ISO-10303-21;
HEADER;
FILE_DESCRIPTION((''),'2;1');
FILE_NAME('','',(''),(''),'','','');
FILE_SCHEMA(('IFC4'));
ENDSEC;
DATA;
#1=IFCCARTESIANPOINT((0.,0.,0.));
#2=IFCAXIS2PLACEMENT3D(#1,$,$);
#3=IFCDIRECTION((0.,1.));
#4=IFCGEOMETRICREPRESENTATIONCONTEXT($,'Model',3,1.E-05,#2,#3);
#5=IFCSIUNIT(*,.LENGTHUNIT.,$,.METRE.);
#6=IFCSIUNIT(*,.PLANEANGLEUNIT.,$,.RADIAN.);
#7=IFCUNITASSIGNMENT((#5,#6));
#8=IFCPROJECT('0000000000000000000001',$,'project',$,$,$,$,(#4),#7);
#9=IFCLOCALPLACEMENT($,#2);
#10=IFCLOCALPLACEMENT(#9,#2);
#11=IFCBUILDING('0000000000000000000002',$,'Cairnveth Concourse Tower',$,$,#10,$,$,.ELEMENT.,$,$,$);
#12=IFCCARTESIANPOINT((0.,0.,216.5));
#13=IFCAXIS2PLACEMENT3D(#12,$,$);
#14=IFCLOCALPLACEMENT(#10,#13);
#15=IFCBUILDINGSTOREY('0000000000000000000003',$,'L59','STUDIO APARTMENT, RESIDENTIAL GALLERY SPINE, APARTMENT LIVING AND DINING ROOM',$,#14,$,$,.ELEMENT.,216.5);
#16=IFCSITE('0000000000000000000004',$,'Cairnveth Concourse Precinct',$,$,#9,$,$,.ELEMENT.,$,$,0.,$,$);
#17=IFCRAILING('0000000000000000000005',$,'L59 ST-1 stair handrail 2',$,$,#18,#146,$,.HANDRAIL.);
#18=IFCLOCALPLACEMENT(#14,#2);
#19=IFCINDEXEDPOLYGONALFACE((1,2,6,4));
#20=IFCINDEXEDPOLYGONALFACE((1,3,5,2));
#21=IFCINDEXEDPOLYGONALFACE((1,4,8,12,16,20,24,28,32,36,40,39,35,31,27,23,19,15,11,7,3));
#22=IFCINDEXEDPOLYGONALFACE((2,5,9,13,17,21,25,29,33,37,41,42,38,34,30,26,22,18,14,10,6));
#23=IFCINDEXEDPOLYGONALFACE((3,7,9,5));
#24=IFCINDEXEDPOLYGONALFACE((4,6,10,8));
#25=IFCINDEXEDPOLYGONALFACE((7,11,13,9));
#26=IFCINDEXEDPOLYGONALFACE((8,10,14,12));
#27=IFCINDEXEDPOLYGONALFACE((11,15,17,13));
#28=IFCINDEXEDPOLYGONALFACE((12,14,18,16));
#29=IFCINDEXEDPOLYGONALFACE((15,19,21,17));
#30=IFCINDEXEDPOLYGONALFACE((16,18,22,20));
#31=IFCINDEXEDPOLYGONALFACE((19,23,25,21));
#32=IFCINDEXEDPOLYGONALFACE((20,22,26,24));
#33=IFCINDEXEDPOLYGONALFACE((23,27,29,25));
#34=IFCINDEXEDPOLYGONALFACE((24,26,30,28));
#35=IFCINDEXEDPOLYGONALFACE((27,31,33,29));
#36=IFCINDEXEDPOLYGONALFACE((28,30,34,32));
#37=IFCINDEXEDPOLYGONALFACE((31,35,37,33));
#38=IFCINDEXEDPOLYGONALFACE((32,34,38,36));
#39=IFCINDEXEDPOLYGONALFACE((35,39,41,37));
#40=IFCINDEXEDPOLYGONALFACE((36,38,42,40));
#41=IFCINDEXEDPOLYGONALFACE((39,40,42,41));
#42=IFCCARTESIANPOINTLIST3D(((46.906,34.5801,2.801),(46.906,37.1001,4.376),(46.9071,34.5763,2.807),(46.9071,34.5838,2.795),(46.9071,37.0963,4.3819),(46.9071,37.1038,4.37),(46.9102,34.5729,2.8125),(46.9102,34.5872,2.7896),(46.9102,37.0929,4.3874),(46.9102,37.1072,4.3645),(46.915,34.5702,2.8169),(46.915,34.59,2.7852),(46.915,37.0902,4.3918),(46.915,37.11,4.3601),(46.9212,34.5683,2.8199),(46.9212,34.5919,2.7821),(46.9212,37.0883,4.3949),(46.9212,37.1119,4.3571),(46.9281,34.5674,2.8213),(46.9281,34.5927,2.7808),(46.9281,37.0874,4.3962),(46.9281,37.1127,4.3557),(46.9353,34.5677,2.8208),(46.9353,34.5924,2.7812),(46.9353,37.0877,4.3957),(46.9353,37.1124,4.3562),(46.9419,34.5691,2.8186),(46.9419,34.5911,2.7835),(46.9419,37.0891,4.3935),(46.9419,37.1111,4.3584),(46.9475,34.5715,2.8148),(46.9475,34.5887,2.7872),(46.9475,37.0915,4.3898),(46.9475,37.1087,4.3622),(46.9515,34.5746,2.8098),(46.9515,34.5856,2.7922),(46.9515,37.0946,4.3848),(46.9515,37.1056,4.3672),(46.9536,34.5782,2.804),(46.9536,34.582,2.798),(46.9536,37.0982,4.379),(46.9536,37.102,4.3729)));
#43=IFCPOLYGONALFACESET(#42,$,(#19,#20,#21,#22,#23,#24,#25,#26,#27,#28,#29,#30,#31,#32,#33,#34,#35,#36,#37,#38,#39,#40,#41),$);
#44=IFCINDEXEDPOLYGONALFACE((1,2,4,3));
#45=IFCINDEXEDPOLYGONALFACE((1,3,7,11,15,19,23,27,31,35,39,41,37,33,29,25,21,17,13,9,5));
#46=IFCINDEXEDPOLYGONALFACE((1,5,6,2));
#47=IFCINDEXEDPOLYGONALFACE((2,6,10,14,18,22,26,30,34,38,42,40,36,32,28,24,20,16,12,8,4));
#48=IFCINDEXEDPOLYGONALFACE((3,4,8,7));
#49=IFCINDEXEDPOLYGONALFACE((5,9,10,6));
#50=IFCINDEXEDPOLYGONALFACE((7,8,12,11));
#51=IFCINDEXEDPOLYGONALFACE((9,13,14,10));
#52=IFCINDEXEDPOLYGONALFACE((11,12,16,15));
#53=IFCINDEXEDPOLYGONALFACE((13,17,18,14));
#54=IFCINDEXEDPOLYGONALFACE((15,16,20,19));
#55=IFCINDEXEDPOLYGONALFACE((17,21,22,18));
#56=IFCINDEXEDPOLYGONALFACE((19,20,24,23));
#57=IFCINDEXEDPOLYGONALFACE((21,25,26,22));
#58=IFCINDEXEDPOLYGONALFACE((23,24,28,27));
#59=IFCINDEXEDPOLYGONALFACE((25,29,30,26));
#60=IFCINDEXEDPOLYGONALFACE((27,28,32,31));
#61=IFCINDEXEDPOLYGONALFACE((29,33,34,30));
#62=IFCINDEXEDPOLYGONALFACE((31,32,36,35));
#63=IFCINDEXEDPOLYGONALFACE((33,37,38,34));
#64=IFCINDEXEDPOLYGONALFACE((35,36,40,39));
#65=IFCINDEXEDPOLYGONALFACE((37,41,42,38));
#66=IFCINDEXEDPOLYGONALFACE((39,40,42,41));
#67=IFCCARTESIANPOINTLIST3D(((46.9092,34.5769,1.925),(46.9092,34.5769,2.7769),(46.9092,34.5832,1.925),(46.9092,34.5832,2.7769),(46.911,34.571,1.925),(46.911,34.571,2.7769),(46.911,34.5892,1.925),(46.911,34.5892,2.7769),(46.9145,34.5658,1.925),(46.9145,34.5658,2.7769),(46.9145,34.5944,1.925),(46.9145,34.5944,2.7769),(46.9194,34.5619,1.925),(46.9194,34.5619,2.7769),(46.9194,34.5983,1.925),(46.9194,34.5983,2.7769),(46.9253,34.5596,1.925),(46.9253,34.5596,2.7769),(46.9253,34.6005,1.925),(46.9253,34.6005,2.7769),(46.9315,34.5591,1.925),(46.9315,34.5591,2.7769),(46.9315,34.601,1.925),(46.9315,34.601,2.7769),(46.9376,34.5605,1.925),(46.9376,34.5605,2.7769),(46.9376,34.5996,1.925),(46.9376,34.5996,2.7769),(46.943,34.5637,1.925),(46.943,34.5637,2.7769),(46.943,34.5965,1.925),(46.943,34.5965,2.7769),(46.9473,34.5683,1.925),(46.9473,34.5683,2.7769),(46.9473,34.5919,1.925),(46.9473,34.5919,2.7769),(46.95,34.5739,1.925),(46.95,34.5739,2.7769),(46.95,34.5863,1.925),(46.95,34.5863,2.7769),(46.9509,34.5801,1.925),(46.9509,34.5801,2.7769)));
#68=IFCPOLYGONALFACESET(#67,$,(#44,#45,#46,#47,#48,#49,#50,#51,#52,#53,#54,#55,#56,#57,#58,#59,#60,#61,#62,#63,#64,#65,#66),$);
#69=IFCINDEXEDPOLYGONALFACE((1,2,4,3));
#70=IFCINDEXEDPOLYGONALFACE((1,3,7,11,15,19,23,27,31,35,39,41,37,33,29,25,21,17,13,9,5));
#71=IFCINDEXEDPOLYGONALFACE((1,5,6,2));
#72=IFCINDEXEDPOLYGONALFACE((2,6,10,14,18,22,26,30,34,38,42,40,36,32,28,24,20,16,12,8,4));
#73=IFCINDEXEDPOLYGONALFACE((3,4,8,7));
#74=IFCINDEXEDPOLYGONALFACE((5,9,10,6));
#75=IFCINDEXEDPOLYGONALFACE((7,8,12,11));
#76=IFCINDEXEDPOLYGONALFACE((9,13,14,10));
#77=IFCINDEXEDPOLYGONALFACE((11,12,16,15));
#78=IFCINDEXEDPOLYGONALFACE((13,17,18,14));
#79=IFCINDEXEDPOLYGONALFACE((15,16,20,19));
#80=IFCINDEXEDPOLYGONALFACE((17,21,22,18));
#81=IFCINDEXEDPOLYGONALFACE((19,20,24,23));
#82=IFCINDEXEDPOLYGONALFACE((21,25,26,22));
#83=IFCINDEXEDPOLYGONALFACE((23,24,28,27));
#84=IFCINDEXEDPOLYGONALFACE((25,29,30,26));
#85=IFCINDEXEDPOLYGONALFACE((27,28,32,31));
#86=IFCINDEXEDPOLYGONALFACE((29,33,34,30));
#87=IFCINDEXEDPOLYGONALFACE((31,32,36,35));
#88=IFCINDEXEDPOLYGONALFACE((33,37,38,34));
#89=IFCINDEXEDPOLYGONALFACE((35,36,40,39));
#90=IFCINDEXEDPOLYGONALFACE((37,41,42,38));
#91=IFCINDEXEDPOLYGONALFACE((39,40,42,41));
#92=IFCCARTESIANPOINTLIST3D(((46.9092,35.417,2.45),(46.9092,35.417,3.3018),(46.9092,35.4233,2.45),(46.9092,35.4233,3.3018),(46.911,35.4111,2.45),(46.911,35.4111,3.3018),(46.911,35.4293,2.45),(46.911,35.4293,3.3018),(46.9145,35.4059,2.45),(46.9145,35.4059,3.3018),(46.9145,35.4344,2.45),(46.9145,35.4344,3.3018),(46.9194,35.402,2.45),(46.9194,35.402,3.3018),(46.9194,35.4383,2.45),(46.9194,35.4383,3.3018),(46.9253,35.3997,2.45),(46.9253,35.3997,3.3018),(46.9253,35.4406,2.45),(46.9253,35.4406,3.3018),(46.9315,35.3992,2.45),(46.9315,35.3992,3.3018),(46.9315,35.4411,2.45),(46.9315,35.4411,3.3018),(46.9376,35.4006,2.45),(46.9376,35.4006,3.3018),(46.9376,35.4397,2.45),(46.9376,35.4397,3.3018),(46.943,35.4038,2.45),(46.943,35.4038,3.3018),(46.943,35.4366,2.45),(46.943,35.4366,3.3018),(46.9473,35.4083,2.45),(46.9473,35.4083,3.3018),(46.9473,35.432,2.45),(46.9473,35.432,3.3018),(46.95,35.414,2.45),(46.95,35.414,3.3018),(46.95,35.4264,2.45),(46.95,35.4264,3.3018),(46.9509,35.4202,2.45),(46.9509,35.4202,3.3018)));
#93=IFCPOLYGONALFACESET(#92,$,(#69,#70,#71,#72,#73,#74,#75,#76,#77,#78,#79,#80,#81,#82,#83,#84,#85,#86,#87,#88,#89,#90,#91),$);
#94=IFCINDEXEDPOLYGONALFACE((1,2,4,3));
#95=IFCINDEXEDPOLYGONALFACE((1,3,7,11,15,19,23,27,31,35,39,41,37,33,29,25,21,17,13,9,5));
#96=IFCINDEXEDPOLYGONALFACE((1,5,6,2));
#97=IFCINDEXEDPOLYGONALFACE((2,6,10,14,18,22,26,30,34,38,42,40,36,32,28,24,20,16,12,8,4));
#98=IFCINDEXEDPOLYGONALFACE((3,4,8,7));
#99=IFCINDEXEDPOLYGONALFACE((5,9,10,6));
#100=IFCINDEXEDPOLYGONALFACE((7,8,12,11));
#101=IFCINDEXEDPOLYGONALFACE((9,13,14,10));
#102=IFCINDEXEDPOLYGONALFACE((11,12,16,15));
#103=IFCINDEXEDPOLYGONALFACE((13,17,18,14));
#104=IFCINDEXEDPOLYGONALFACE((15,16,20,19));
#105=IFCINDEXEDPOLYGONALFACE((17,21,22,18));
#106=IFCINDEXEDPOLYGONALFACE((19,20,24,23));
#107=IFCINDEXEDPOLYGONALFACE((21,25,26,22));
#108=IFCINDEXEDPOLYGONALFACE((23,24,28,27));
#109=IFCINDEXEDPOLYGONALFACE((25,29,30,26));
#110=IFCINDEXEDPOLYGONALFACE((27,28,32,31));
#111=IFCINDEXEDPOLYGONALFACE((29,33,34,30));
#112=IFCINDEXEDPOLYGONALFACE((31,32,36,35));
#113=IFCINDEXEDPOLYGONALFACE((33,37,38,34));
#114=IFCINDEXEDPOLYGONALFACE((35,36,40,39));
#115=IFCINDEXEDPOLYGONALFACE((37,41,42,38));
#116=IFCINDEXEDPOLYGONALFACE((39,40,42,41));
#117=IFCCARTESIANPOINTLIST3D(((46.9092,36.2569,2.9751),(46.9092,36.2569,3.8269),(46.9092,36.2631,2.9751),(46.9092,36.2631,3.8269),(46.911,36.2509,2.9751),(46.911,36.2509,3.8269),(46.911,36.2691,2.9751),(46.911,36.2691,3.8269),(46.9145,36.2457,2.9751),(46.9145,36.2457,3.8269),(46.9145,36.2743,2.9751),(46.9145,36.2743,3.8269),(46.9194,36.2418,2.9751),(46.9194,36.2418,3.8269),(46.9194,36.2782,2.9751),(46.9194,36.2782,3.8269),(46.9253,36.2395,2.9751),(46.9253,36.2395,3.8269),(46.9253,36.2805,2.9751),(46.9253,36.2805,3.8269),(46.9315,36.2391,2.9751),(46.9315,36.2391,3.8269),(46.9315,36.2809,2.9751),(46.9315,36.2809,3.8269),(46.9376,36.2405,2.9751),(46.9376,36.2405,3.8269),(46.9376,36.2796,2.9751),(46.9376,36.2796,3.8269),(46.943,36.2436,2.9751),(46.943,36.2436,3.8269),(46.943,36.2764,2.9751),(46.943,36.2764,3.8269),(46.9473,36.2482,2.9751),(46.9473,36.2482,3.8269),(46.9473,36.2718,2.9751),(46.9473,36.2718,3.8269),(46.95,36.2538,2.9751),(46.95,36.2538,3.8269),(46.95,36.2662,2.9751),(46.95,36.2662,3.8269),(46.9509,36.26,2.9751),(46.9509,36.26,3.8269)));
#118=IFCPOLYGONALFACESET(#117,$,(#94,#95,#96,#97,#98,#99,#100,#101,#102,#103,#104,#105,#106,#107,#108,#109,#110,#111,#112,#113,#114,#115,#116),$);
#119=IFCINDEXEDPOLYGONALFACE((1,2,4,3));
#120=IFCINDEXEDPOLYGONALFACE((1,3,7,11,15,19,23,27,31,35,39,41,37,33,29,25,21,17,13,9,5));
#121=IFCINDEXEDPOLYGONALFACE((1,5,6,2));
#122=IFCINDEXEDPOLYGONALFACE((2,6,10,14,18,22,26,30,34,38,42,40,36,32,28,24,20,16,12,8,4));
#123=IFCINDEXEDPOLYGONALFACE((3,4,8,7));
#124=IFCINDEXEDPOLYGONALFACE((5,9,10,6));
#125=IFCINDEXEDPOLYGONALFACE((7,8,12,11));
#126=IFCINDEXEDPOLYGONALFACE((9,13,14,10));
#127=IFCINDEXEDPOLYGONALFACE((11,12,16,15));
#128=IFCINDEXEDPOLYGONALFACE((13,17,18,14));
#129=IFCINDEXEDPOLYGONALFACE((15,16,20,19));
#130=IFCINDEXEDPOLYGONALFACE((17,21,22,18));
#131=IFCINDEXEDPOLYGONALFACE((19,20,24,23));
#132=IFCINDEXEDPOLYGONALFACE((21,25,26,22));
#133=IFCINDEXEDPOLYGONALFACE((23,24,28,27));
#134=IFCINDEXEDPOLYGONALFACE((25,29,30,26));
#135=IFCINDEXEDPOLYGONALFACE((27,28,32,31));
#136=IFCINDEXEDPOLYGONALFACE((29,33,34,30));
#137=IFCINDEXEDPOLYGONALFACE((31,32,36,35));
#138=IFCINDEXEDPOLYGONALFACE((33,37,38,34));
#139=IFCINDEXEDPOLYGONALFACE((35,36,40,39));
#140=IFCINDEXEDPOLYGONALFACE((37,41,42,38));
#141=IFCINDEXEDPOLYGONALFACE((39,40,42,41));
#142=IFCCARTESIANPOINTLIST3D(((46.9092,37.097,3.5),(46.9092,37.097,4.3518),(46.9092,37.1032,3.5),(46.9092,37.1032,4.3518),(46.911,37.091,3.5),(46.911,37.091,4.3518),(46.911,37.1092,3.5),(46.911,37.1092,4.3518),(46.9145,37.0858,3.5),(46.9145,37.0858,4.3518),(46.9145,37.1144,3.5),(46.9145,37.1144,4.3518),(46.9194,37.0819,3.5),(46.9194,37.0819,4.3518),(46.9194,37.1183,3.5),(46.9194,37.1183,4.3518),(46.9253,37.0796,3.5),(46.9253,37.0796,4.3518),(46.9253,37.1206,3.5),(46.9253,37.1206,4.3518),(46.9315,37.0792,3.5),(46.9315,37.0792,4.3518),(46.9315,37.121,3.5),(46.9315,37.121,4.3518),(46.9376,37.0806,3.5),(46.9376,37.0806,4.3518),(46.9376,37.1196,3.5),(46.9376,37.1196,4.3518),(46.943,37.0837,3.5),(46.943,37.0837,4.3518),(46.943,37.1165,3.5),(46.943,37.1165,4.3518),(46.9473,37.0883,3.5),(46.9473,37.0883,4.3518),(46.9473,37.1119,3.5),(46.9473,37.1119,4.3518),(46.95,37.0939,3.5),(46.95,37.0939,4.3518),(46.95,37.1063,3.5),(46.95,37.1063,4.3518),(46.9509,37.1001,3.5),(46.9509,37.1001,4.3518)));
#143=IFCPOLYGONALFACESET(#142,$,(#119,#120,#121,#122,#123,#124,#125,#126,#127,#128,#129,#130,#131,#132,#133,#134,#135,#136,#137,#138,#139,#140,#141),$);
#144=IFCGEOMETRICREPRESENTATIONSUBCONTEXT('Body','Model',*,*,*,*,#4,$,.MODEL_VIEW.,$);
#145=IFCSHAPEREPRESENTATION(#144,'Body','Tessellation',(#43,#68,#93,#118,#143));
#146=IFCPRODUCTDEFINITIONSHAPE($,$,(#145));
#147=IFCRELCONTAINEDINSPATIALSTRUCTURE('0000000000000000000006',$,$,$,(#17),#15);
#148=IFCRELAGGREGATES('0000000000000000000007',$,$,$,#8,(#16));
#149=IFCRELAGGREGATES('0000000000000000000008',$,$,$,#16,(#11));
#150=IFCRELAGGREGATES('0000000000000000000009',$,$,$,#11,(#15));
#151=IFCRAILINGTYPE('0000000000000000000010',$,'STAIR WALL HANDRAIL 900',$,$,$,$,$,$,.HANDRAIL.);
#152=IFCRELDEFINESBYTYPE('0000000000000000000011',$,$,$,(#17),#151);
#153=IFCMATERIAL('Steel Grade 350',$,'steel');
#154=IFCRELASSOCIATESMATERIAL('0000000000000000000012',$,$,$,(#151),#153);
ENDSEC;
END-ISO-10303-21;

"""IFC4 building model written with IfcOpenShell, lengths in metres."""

from ifc_helpers import new_model, si_unit, direction, frame, origin, origin_2d, place, context, subcontext, project, spatial, circle, extrude, material, type_object, element, save


model = new_model("IFC4")

# Units and contexts
model_context = context("Model", 3, precision=1e-05, world=origin(), true_north=direction((0.0, 1.0)))
body_context = subcontext(model_context, "Body", "Model", "MODEL_VIEW")
ifc_project = project(units=[si_unit("LENGTHUNIT", "METRE"), si_unit("PLANEANGLEUNIT", "RADIAN")], contexts=[model_context])

# Site, building, storey
site_placement = place(None, origin())
site = spatial("IfcSite", under=ifc_project, at=site_placement, Name="Cairnveth Concourse Precinct", CompositionType="ELEMENT", RefElevation=0.0)
building_placement = place(site_placement, origin())
building = spatial("IfcBuilding", under=site, at=building_placement, Name="Cairnveth Concourse Tower", CompositionType="ELEMENT")
storey_placement = place(building_placement, frame((0.0, 0.0, 216.5)))
storey = spatial("IfcBuildingStorey", under=building, at=storey_placement, Name="L59", Description="STUDIO APARTMENT, RESIDENTIAL GALLERY SPINE, APARTMENT LIVING AND DINING ROOM", CompositionType="ELEMENT", Elevation=216.5)

# Shared definitions
ifc_material_1 = material(Name="Steel Grade 350", Category="steel")

# Railing
railing_type_1 = type_object("IfcRailingType", Name="STAIR WALL HANDRAIL 900", PredefinedType="HANDRAIL", material=ifc_material_1)
railing_1_placement = place(storey_placement, frame((46.9299, 34.5801, 1.925)))
element("IfcRailing", 1, at=railing_1_placement, inside=storey, type_object=railing_type_1, Name="L59 ST-1 stair handrail 2", PredefinedType="HANDRAIL", context=body_context, shape_type="SweptSolid", body=[
    extrude(circle(Radius=0.0239, at=origin_2d()), frame((0.0, 0.0, 0.876), z_axis=(0.0, 0.848008, 0.529984), x_axis=(-1.0, 0.0, 0.0)), (0.0, 0.0, 1.0), 2.9717),
    extrude(circle(Radius=0.021, at=origin_2d()), origin(), (0.0, 0.0, 1.0), 0.8518),
    extrude(circle(Radius=0.021, at=origin_2d()), frame((0.0, 0.8401, 0.5249)), (0.0, 0.0, 1.0), 0.8518),
    extrude(circle(Radius=0.021, at=origin_2d()), frame((0.0, 1.6799, 1.05)), (0.0, 0.0, 1.0), 0.8518),
    extrude(circle(Radius=0.021, at=origin_2d()), frame((0.0, 2.52, 1.575)), (0.0, 0.0, 1.0), 0.8518),
])

save(model, "model.ifc")
